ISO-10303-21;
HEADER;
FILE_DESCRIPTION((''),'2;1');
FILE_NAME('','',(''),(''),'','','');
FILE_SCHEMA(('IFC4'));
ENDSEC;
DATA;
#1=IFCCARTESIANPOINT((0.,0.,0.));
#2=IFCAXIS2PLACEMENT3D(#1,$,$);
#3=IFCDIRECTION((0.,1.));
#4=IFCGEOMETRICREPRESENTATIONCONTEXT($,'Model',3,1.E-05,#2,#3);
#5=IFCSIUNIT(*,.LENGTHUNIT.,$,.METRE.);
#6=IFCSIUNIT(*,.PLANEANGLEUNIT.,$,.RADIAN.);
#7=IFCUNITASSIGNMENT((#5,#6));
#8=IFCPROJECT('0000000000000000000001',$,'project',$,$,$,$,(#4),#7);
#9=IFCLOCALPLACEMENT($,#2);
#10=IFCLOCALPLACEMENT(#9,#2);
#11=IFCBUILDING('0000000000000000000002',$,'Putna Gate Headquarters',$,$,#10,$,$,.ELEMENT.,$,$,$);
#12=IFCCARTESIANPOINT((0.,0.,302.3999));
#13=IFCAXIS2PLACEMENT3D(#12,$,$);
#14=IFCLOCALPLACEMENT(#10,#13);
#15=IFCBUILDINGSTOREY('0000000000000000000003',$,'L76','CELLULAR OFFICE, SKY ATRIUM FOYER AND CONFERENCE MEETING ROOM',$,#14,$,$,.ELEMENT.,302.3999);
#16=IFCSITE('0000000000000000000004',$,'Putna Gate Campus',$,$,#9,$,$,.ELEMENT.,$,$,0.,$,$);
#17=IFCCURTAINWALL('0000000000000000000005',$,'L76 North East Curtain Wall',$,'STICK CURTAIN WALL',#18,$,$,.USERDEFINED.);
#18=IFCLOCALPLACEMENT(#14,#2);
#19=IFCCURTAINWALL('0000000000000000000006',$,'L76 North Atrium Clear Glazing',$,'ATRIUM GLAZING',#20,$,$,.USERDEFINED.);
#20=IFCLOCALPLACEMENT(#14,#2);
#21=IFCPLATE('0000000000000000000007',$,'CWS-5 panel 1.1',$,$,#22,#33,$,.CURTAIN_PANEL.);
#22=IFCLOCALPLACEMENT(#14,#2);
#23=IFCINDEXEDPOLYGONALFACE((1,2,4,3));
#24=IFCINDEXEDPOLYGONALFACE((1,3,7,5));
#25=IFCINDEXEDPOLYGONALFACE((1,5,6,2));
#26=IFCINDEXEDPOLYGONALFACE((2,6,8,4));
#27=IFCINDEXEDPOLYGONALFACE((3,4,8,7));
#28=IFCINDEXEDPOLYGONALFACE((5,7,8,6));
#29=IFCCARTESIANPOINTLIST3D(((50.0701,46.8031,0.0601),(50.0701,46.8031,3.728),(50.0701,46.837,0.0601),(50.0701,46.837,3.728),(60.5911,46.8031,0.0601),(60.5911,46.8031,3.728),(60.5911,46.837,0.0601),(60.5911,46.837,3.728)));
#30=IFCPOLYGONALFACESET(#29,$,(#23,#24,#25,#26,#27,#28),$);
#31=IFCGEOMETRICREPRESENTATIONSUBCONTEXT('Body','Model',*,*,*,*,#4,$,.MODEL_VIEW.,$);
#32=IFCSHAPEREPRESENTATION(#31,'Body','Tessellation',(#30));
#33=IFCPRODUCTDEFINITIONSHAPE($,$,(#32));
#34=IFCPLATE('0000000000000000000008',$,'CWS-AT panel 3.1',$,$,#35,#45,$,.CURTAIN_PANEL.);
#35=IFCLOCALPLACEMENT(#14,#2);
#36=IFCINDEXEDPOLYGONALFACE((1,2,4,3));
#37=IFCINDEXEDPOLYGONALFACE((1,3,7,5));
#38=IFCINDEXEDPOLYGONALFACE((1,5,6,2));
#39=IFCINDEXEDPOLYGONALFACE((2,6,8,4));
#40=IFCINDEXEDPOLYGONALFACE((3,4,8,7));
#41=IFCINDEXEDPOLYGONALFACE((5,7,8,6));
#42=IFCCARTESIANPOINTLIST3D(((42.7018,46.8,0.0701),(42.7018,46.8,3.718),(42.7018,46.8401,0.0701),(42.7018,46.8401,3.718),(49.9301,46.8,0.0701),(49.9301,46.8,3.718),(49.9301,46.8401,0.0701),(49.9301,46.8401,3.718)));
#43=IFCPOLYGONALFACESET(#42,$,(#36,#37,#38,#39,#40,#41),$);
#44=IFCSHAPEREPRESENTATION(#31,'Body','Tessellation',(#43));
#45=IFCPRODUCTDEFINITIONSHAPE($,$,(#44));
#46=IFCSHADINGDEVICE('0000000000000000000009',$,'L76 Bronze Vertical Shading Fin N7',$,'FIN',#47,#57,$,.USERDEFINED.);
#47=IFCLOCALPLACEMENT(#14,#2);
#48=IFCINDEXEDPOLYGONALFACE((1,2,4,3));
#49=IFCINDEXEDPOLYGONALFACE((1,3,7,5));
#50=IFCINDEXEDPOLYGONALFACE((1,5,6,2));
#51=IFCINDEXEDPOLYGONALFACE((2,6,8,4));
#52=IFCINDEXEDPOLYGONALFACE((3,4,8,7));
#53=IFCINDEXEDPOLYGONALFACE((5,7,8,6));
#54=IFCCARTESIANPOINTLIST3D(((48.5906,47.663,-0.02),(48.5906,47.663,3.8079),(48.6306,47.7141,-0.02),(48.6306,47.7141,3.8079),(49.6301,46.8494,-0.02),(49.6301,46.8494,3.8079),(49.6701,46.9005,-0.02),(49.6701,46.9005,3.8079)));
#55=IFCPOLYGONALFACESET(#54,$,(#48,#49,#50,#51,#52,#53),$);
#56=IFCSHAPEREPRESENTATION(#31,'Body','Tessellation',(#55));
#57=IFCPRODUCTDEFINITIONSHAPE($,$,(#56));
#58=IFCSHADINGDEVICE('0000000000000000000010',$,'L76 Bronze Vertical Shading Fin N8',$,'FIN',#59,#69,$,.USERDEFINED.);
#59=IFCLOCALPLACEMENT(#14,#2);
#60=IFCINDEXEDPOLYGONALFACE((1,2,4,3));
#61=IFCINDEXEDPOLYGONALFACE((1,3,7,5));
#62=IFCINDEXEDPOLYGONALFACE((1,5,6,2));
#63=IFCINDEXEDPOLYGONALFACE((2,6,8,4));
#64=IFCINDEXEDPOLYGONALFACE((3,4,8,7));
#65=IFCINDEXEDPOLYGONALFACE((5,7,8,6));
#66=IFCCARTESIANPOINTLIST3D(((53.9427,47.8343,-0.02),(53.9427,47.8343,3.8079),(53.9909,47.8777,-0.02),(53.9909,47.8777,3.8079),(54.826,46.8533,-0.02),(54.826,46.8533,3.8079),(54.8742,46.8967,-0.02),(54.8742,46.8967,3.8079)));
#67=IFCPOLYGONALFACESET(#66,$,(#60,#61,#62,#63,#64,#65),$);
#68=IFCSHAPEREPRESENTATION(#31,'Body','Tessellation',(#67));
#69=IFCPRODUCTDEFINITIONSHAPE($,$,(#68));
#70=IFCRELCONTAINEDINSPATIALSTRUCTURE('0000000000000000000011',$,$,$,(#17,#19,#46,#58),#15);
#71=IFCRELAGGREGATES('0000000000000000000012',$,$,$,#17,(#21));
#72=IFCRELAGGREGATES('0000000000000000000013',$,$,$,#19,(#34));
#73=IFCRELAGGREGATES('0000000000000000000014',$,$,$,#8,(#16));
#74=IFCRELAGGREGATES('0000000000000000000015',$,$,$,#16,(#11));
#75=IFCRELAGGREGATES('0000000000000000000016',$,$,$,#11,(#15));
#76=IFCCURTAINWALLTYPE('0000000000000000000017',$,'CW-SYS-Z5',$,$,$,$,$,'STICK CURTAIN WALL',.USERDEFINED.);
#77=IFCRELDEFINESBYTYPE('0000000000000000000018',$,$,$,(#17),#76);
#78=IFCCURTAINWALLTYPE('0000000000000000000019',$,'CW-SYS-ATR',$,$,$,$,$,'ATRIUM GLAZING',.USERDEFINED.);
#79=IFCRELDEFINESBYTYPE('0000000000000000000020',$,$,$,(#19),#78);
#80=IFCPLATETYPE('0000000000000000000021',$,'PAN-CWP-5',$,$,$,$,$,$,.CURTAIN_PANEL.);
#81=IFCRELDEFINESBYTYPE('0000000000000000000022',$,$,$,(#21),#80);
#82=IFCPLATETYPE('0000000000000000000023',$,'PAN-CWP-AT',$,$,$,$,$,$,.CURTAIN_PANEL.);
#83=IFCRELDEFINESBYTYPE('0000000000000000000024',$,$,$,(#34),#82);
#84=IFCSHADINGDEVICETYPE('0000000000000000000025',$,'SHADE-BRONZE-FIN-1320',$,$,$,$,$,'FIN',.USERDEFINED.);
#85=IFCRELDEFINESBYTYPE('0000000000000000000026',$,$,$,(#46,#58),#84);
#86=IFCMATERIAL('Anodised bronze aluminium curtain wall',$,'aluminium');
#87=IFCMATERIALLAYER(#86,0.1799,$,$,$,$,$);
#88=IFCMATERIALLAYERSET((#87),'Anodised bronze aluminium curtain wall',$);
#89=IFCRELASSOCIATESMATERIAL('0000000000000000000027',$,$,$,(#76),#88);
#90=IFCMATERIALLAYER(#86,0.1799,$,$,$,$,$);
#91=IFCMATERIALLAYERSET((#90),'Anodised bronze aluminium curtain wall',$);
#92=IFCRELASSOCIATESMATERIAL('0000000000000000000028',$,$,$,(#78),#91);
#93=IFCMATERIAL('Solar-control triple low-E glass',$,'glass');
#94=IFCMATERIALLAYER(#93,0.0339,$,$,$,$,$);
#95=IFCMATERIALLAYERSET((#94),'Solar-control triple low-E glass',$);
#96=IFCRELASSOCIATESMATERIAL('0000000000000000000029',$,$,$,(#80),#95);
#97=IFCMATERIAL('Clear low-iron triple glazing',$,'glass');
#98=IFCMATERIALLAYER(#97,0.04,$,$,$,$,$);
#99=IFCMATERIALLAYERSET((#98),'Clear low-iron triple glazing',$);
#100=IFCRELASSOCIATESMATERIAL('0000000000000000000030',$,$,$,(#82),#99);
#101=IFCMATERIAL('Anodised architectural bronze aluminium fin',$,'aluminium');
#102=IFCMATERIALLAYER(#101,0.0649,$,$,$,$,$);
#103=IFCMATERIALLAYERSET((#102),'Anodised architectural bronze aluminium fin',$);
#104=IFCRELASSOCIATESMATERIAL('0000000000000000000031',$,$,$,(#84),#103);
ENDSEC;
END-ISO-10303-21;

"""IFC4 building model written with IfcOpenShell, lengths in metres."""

from ifc_helpers import new_model, si_unit, direction, frame, origin, origin_2d, place, context, subcontext, project, spatial, rectangle, extrude, material, layer, layer_set, type_object, element, aggregate, save


model = new_model("IFC4")

# Units and contexts
model_context = context("Model", 3, precision=1e-05, world=origin(), true_north=direction((0.0, 1.0)))
body_context = subcontext(model_context, "Body", "Model", "MODEL_VIEW")
ifc_project = project(units=[si_unit("LENGTHUNIT", "METRE"), si_unit("PLANEANGLEUNIT", "RADIAN")], contexts=[model_context])

# Site, building, storey
site_placement = place(None, origin())
site = spatial("IfcSite", under=ifc_project, at=site_placement, Name="Putna Gate Campus", CompositionType="ELEMENT", RefElevation=0.0)
building_placement = place(site_placement, origin())
building = spatial("IfcBuilding", under=site, at=building_placement, Name="Putna Gate Headquarters", CompositionType="ELEMENT")
storey_placement = place(building_placement, frame((0.0, 0.0, 302.3999)))
storey = spatial("IfcBuildingStorey", under=building, at=storey_placement, Name="L76", Description="CELLULAR OFFICE, SKY ATRIUM FOYER AND CONFERENCE MEETING ROOM", CompositionType="ELEMENT", Elevation=302.3999)

# Curtain wall
ifc_material_1 = material(Name="Anodised bronze aluminium curtain wall", Category="aluminium")
ifc_layer_1 = layer(ifc_material_1, 0.1799)
ifc_layer_set_1 = layer_set([ifc_layer_1], Name="Anodised bronze aluminium curtain wall")
curtain_wall_type_1 = type_object("IfcCurtainWallType", Name="CW-SYS-Z5", ElementType="STICK CURTAIN WALL", PredefinedType="USERDEFINED", material=ifc_layer_set_1)
curtain_wall_1_placement = place(storey_placement, origin())
curtain_wall_1 = element("IfcCurtainWall", 1, at=curtain_wall_1_placement, inside=storey, type_object=curtain_wall_type_1, Name="L76 North East Curtain Wall", ObjectType="STICK CURTAIN WALL", PredefinedType="USERDEFINED")

# Curtain wall
ifc_layer_2 = layer(ifc_material_1, 0.1799)
ifc_layer_set_2 = layer_set([ifc_layer_2], Name="Anodised bronze aluminium curtain wall")
curtain_wall_type_2 = type_object("IfcCurtainWallType", Name="CW-SYS-ATR", ElementType="ATRIUM GLAZING", PredefinedType="USERDEFINED", material=ifc_layer_set_2)
curtain_wall_2_placement = place(storey_placement, origin())
curtain_wall_2 = element("IfcCurtainWall", 2, at=curtain_wall_2_placement, inside=storey, type_object=curtain_wall_type_2, Name="L76 North Atrium Clear Glazing", ObjectType="ATRIUM GLAZING", PredefinedType="USERDEFINED")

# Plates
ifc_material_2 = material(Name="Solar-control triple low-E glass", Category="glass")
ifc_layer_3 = layer(ifc_material_2, 0.0339)
ifc_layer_set_3 = layer_set([ifc_layer_3], Name="Solar-control triple low-E glass")
plate_type_1 = type_object("IfcPlateType", Name="PAN-CWP-5", PredefinedType="CURTAIN_PANEL", material=ifc_layer_set_3)
plate_1_placement = place(storey_placement, frame((55.3306, 46.8201, 0.0601), z_axis=(0.0, 0.0, 1.0), x_axis=(1.0, 0.0, 0.0)))
plate_1 = element("IfcPlate", 3, at=plate_1_placement, type_object=plate_type_1, Name="CWS-5 panel 1.1", PredefinedType="CURTAIN_PANEL", context=body_context, shape_type="SweptSolid", body=[
    extrude(rectangle(XDim=10.521, YDim=0.0339, at=origin_2d()), origin(), (0.0, 0.0, 1.0), 3.668),
])
aggregate(curtain_wall_1, [plate_1])
ifc_material_3 = material(Name="Clear low-iron triple glazing", Category="glass")
ifc_layer_4 = layer(ifc_material_3, 0.04)
ifc_layer_set_4 = layer_set([ifc_layer_4], Name="Clear low-iron triple glazing")
plate_type_2 = type_object("IfcPlateType", Name="PAN-CWP-AT", PredefinedType="CURTAIN_PANEL", material=ifc_layer_set_4)
plate_2_placement = place(storey_placement, frame((46.3159, 46.8201, 0.0701), z_axis=(0.0, 0.0, 1.0), x_axis=(1.0, 0.0, 0.0)))
plate_2 = element("IfcPlate", 4, at=plate_2_placement, type_object=plate_type_2, Name="CWS-AT panel 3.1", PredefinedType="CURTAIN_PANEL", context=body_context, shape_type="SweptSolid", body=[
    extrude(rectangle(XDim=7.2283, YDim=0.04, at=origin_2d()), origin(), (0.0, 0.0, 1.0), 3.6479),
])
aggregate(curtain_wall_2, [plate_2])

# Shading devices
ifc_material_4 = material(Name="Anodised architectural bronze aluminium fin", Category="aluminium")
ifc_layer_5 = layer(ifc_material_4, 0.0649)
ifc_layer_set_5 = layer_set([ifc_layer_5], Name="Anodised architectural bronze aluminium fin")
shading_device_type = type_object("IfcShadingDeviceType", Name="SHADE-BRONZE-FIN-1320", ElementType="FIN", PredefinedType="USERDEFINED", material=ifc_layer_set_5)
for number, where, z_axis, x_axis, name in (
    (5, (49.1304, 47.2817, -0.02), (0.0, 0.0, 1.0), (-0.787473, 0.616349, 0.0), "L76 Bronze Vertical Shading Fin N7"),
    (6, (54.4084, 47.3655, -0.02), (0.0, 0.0, 1.0), (-0.669131, 0.743145, 0.0), "L76 Bronze Vertical Shading Fin N8"),
):
    element("IfcShadingDevice", number, at=place(storey_placement, frame(where, z_axis=z_axis, x_axis=x_axis)), inside=storey, type_object=shading_device_type, Name=name, ObjectType="FIN", PredefinedType="USERDEFINED", context=body_context, shape_type="SweptSolid", body=[
        extrude(rectangle(XDim=1.3201, YDim=0.0649, at=origin_2d()), origin(), (0.0, 0.0, 1.0), 3.8279),
    ])

save(model, "model.ifc")
